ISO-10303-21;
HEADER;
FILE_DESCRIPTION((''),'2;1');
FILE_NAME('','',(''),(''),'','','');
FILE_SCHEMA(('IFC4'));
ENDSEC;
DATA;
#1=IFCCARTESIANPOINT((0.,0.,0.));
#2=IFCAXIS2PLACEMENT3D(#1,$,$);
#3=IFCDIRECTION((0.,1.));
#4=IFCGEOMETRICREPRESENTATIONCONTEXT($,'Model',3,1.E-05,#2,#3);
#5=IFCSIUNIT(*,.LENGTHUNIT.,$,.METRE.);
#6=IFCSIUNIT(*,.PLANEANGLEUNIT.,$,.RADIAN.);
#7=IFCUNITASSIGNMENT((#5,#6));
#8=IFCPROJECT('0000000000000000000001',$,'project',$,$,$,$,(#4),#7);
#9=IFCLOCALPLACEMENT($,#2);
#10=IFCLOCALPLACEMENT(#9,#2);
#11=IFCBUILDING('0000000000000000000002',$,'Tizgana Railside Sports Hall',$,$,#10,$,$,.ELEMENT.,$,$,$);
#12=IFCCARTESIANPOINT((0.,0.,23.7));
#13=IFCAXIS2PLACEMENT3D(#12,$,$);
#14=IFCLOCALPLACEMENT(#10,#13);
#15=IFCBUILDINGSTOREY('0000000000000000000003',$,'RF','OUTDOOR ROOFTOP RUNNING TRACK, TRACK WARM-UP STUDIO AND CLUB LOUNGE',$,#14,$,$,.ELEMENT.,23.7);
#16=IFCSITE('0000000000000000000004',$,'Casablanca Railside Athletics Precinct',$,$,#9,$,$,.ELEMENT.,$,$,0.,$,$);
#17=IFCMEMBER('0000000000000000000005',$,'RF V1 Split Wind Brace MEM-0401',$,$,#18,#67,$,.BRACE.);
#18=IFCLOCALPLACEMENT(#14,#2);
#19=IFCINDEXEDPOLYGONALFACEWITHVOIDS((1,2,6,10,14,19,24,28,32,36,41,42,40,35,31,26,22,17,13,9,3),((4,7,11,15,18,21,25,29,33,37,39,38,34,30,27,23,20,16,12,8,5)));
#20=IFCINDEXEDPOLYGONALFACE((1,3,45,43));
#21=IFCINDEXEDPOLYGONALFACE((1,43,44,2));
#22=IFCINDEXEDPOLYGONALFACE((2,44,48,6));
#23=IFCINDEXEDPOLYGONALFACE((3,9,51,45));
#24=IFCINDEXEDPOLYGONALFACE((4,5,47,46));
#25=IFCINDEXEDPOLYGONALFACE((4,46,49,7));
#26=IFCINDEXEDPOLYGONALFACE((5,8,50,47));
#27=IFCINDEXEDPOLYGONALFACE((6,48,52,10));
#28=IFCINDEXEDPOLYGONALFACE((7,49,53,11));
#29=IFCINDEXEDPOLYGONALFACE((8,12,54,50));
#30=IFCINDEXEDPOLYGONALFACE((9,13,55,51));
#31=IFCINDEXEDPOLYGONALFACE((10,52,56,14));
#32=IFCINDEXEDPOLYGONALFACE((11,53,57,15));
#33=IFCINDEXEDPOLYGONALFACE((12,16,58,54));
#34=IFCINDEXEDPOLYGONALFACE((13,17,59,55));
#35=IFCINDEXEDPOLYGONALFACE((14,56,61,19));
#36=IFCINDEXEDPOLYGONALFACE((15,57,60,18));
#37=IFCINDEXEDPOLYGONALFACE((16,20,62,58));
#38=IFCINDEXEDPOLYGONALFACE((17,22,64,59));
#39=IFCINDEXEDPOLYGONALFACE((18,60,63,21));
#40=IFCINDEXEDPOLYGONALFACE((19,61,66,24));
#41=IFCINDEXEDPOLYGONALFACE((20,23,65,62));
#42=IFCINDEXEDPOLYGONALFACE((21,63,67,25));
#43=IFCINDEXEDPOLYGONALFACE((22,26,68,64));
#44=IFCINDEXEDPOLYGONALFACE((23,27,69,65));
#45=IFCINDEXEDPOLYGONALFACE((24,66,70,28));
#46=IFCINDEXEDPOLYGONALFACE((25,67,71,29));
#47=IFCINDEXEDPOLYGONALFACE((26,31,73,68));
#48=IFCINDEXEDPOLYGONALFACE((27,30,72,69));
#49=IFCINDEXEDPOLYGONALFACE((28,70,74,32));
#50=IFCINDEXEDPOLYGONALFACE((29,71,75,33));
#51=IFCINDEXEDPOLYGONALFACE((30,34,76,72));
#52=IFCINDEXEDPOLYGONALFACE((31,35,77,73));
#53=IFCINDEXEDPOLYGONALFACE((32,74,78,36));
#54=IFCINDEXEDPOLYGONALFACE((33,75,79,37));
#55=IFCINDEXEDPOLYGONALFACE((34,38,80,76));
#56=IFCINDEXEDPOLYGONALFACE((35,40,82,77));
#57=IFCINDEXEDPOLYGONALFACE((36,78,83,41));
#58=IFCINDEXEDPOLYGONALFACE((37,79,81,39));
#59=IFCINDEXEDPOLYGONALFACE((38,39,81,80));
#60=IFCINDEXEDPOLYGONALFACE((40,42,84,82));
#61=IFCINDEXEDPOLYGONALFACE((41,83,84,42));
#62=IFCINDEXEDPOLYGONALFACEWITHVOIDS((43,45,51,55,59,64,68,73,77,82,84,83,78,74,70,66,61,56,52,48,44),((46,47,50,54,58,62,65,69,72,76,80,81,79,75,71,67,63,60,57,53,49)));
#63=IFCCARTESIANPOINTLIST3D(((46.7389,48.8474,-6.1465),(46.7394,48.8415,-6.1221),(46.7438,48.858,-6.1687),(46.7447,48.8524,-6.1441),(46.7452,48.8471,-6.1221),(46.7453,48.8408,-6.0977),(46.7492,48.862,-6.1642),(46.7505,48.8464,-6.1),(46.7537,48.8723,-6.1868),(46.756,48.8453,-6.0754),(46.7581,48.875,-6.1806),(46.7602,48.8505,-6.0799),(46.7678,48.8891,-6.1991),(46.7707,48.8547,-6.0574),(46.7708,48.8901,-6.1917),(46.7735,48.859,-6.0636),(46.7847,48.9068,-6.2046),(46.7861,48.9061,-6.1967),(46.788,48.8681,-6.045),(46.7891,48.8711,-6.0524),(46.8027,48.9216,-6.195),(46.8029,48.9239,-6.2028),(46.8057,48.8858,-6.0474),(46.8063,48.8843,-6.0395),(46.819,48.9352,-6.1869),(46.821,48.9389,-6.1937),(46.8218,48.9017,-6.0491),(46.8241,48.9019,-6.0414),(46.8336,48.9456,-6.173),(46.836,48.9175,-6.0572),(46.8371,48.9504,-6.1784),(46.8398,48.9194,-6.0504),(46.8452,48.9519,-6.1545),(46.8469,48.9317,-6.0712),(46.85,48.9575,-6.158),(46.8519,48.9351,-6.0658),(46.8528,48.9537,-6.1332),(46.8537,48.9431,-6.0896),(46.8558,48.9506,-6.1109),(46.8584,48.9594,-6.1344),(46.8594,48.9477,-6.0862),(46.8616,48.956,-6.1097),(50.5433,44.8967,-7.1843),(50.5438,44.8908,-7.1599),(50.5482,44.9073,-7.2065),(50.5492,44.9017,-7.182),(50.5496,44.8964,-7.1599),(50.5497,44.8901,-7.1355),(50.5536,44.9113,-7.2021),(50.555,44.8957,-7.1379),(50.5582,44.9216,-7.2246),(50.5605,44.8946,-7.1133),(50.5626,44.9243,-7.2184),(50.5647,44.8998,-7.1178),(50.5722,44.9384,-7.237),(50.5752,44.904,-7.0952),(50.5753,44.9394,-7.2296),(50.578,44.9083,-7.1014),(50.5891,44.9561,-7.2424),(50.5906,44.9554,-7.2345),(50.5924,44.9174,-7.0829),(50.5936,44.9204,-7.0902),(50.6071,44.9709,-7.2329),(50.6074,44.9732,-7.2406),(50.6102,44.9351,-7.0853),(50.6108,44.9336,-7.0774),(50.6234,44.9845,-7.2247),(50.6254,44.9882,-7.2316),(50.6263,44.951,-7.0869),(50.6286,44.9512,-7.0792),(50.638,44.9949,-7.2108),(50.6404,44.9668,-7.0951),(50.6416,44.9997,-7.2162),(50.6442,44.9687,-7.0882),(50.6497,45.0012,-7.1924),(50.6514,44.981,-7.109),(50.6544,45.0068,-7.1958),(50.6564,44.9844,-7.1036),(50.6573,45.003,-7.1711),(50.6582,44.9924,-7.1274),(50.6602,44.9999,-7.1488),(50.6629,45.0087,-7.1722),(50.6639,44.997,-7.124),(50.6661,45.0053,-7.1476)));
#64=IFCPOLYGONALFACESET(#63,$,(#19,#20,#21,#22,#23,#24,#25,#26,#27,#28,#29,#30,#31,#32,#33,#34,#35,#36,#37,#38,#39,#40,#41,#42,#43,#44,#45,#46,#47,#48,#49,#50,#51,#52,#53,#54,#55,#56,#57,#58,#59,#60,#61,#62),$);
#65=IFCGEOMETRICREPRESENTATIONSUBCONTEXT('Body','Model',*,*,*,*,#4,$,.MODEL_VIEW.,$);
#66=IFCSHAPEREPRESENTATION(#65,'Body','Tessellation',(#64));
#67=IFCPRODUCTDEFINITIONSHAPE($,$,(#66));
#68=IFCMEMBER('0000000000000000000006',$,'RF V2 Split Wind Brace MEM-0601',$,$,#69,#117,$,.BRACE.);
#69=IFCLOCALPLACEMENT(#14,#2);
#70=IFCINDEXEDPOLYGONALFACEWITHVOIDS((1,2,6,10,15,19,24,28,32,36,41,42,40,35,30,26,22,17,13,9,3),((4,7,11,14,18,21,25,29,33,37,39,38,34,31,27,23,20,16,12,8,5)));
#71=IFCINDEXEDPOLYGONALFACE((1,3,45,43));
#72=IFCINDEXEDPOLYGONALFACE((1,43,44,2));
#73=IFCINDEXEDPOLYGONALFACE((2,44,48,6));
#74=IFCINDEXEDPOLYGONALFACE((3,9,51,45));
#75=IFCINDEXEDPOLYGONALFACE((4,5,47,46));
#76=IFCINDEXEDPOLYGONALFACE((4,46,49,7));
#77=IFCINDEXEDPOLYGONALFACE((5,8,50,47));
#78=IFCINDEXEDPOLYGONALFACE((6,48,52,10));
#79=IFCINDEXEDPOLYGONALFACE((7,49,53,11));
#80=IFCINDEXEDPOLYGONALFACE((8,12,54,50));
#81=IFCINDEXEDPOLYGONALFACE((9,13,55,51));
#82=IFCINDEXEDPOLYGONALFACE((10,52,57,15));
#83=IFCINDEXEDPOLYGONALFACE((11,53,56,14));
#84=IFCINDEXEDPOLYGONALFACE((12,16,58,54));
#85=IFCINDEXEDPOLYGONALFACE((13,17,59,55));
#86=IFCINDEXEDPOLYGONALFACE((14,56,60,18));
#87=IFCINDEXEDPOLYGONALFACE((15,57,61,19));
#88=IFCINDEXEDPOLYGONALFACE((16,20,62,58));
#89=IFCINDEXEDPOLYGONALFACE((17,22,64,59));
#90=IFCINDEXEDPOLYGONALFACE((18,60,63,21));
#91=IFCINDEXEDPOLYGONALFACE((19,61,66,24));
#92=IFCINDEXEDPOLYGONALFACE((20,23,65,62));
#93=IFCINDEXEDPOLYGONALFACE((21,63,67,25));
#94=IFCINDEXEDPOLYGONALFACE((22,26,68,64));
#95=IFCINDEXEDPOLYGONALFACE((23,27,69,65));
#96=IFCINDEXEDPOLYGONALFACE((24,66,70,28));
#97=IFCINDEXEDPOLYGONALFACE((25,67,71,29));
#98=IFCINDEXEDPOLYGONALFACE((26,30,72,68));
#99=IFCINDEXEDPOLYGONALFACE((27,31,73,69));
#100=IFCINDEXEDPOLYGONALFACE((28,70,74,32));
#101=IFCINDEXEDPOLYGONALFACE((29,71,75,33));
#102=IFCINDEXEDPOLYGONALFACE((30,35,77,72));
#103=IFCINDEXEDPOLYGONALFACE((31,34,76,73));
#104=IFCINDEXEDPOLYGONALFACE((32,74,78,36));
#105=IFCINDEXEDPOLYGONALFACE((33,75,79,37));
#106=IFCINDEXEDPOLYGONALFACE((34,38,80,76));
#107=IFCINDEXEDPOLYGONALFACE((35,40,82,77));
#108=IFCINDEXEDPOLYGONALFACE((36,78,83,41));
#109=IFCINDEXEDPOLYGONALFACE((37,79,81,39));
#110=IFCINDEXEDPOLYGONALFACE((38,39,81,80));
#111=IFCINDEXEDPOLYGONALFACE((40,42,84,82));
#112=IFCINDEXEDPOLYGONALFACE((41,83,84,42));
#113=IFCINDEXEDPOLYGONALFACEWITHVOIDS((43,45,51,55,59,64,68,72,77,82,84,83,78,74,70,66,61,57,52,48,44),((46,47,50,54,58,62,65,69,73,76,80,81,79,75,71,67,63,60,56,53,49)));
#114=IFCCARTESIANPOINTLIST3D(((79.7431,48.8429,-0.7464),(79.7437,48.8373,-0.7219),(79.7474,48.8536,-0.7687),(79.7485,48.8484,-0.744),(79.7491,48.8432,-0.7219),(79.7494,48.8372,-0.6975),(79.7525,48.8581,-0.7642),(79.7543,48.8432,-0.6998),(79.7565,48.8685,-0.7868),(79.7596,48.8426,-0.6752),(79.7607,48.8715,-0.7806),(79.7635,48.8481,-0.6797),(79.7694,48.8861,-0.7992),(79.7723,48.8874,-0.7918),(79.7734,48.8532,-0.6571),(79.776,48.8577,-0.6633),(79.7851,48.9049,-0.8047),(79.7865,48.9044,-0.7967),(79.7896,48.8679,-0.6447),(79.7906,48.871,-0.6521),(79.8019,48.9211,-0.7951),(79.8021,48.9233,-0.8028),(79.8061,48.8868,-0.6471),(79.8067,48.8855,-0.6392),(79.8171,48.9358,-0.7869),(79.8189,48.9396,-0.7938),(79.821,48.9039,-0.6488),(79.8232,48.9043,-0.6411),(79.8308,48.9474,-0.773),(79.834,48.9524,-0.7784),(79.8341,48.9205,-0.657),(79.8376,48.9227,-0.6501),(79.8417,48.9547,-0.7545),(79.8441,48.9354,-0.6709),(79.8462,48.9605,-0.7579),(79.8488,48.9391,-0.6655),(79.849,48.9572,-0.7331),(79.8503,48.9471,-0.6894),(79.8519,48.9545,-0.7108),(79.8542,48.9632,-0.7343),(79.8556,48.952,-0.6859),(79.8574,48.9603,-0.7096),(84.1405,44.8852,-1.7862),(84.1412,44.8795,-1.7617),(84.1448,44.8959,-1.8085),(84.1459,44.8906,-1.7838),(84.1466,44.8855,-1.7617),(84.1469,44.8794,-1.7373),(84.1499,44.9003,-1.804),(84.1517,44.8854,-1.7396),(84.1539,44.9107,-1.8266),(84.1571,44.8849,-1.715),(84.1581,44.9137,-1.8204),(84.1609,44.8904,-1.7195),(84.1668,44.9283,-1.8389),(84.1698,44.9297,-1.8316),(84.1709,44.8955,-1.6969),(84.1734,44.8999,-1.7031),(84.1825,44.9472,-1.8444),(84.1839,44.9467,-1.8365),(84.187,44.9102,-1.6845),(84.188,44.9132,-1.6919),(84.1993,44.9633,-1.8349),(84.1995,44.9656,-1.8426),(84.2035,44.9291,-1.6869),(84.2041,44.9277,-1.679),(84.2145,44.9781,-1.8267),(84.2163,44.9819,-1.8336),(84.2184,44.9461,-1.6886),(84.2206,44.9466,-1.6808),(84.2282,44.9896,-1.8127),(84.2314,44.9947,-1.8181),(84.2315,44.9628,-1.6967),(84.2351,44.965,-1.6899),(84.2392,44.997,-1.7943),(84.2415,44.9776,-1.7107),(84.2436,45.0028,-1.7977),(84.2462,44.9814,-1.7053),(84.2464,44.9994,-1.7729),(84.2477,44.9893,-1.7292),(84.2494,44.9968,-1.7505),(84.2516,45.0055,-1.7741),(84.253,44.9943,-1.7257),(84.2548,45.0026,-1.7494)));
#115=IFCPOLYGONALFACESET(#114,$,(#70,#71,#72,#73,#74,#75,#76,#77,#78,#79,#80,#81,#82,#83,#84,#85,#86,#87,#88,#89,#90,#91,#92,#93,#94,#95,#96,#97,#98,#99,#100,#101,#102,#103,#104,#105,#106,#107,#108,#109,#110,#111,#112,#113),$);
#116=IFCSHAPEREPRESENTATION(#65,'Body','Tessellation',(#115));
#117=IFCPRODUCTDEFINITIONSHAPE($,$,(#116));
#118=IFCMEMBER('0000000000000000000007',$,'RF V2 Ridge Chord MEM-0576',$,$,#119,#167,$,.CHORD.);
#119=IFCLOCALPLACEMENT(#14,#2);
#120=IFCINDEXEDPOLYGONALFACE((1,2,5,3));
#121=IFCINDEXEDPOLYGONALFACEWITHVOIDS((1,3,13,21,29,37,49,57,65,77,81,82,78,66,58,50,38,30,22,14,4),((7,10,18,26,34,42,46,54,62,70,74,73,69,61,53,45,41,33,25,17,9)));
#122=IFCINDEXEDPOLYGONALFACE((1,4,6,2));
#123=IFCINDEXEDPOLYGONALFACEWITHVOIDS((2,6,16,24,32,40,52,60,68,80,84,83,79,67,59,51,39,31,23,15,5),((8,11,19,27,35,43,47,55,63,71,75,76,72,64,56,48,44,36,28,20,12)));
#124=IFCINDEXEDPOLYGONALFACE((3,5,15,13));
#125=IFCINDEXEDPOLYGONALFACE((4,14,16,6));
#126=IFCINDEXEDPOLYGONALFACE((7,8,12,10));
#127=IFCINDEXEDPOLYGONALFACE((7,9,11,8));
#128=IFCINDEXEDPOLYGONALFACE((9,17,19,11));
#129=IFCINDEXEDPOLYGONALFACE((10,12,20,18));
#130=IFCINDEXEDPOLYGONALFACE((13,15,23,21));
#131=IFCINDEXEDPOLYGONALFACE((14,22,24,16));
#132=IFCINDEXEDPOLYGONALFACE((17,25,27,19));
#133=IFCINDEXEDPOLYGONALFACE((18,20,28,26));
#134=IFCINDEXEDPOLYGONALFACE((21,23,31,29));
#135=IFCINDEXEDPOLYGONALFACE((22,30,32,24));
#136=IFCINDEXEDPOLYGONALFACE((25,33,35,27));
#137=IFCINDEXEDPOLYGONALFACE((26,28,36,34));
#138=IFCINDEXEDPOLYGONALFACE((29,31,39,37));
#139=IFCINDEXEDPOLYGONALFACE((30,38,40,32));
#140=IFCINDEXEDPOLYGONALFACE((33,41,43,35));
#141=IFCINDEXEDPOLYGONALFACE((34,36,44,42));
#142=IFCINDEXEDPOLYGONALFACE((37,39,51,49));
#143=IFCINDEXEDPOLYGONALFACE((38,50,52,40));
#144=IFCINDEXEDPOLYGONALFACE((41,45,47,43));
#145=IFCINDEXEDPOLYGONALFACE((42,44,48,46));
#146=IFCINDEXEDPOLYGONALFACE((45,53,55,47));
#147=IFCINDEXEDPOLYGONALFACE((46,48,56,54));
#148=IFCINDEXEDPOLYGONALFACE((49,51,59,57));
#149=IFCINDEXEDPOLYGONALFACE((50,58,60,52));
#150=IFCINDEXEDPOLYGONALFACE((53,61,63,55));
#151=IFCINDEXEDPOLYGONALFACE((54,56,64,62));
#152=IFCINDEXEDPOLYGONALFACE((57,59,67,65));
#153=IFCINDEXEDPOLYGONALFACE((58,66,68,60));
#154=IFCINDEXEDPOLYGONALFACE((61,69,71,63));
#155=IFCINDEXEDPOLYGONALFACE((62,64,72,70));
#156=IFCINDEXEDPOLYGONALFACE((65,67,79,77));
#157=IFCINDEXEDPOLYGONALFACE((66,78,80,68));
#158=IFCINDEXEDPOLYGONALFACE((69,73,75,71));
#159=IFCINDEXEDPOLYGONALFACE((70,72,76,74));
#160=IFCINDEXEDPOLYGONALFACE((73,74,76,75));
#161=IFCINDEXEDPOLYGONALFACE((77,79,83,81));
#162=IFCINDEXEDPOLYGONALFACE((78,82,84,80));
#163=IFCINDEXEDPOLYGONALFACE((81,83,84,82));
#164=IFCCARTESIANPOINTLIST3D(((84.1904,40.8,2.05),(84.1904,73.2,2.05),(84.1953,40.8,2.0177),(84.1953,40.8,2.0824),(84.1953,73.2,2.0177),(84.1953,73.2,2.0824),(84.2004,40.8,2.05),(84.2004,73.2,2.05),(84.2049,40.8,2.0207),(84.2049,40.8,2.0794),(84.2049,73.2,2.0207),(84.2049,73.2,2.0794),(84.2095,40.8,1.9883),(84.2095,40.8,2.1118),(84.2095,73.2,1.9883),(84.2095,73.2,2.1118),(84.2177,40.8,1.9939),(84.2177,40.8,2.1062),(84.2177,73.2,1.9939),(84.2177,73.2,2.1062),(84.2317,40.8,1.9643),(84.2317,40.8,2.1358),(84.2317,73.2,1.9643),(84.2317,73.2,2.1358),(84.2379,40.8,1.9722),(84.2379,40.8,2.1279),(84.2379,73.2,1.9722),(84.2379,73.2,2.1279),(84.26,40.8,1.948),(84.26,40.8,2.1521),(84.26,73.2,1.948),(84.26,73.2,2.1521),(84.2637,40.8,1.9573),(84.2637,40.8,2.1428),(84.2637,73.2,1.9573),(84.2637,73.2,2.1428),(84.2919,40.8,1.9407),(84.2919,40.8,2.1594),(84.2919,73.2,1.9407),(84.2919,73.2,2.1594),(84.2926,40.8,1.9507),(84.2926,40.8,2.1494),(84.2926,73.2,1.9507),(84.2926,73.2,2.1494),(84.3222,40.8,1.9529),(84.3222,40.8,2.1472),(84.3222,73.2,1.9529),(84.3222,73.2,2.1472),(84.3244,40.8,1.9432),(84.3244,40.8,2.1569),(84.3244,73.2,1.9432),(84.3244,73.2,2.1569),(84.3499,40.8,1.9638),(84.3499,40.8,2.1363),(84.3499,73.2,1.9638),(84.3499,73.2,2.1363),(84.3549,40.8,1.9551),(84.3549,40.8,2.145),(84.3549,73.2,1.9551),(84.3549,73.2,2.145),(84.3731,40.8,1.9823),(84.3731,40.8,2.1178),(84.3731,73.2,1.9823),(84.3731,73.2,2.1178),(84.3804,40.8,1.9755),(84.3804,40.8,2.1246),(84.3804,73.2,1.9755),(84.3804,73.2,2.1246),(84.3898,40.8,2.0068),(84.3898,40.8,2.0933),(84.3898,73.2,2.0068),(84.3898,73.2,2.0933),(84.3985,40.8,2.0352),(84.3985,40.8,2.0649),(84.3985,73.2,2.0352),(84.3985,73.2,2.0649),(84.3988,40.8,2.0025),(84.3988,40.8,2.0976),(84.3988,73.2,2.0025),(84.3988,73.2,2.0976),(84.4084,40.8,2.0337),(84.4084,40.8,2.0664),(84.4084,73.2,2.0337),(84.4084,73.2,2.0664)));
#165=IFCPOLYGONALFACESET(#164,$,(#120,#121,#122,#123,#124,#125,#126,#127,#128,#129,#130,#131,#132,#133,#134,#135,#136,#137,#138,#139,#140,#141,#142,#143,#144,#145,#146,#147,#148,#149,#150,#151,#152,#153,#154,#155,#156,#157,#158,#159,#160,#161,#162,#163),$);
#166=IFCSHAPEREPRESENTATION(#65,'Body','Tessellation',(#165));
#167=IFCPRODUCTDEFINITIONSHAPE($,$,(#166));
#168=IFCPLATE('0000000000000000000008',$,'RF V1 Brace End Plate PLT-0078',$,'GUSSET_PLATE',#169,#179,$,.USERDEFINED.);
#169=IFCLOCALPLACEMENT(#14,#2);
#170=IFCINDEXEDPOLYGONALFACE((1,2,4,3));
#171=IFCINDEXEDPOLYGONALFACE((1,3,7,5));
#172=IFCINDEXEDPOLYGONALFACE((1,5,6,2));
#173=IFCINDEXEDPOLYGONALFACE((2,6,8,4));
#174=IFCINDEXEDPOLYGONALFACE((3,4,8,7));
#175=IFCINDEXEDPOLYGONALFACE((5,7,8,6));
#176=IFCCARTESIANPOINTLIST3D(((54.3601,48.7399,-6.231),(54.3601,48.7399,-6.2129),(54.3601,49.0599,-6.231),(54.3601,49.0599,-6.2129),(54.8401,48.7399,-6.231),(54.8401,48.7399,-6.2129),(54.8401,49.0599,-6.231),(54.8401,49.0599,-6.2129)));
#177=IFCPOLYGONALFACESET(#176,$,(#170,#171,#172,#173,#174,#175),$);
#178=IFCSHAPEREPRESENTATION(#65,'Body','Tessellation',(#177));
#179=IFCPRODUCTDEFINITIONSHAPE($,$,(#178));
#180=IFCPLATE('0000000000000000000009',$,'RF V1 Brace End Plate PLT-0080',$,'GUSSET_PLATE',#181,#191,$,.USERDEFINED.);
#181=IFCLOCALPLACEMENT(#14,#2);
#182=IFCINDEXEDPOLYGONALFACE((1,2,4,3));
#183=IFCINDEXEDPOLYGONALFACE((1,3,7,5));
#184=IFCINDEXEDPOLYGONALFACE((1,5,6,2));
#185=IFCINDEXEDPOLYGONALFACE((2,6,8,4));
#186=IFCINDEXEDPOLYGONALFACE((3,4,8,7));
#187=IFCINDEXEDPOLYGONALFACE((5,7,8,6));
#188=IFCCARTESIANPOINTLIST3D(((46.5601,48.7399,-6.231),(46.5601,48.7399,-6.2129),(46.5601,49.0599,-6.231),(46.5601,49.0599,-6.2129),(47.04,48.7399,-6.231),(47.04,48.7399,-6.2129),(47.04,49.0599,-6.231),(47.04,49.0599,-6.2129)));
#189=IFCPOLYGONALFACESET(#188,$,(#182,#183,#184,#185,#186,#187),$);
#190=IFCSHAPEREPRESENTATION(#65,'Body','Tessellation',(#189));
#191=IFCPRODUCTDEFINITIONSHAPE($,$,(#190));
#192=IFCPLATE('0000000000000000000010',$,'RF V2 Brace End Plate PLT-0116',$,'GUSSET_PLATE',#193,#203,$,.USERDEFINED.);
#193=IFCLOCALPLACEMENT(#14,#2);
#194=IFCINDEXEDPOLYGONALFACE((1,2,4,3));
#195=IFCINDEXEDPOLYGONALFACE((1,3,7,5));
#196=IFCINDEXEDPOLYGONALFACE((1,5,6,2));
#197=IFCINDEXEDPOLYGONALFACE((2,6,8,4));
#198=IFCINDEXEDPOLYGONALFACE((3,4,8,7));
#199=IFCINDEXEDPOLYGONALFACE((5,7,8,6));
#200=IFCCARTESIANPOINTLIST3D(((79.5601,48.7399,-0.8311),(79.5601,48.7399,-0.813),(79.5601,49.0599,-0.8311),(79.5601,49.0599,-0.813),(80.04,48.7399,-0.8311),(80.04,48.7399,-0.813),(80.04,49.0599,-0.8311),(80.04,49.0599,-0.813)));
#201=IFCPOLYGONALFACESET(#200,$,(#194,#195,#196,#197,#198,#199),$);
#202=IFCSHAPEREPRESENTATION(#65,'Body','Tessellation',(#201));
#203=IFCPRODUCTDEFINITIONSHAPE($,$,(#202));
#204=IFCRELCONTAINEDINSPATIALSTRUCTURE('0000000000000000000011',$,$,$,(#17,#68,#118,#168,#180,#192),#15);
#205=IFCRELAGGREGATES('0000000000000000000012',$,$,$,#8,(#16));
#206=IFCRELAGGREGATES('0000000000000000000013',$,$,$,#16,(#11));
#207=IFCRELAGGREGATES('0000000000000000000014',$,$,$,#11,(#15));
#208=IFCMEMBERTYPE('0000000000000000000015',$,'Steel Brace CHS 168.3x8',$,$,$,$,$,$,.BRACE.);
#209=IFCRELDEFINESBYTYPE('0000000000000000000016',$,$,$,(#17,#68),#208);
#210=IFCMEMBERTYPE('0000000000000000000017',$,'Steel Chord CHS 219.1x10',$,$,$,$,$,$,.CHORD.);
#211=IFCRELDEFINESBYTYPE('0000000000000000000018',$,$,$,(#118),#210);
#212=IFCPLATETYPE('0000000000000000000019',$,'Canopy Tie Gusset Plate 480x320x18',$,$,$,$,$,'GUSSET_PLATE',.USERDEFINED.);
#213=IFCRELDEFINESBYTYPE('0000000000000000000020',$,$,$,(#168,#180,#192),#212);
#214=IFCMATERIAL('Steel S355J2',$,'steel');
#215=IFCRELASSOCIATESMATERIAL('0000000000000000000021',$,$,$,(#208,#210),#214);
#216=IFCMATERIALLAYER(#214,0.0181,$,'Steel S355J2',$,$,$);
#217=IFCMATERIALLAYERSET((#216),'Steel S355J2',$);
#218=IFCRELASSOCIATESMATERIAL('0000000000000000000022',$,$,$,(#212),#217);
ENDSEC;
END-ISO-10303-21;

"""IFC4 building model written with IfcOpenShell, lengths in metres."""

from ifc_helpers import new_model, si_unit, direction, frame, origin, origin_2d, place, context, subcontext, project, spatial, rectangle, hollow_circle, extrude, material, layer, layer_set, material_profile, profile_set, type_object, element, save


model = new_model("IFC4")

# Units and contexts
model_context = context("Model", 3, precision=1e-05, world=origin(), true_north=direction((0.0, 1.0)))
body_context = subcontext(model_context, "Body", "Model", "MODEL_VIEW")
ifc_project = project(units=[si_unit("LENGTHUNIT", "METRE"), si_unit("PLANEANGLEUNIT", "RADIAN")], contexts=[model_context])

# Site, building, storey
site_placement = place(None, origin())
site = spatial("IfcSite", under=ifc_project, at=site_placement, Name="Casablanca Railside Athletics Precinct", CompositionType="ELEMENT", RefElevation=0.0)
building_placement = place(site_placement, origin())
building = spatial("IfcBuilding", under=site, at=building_placement, Name="Tizgana Railside Sports Hall", CompositionType="ELEMENT")
storey_placement = place(building_placement, frame((0.0, 0.0, 23.7)))
storey = spatial("IfcBuildingStorey", under=building, at=storey_placement, Name="RF", Description="OUTDOOR ROOFTOP RUNNING TRACK, TRACK WARM-UP STUDIO AND CLUB LOUNGE", CompositionType="ELEMENT", Elevation=23.7)

# Members
ifc_material_1 = material(Name="Steel S355J2", Category="steel")
ifc_material_profile_1 = material_profile(ifc_material_1, hollow_circle(Radius=0.0842, WallThickness=0.0081, at=origin_2d()), Name="CHS 168.3x8")
ifc_profile_set_1 = profile_set([ifc_material_profile_1], Name="Steel S355J2")
member_type_1 = type_object("IfcMemberType", Name="Steel Brace CHS 168.3x8", PredefinedType="BRACE", material=ifc_profile_set_1)
member_1_placement = place(storey_placement, frame((50.6045, 44.9492, -7.1599), z_axis=(-0.681555, 0.707753, 0.185926), x_axis=(-0.720313, -0.693649, 0.0)))
element("IfcMember", 1, at=member_1_placement, inside=storey, type_object=member_type_1, Name="RF V1 Split Wind Brace MEM-0401", PredefinedType="BRACE", context=body_context, shape_type="SweptSolid", body=[
    extrude(hollow_circle(Radius=0.0842, WallThickness=0.0081, at=origin_2d()), origin(), (0.0, 0.0, 1.0), 5.582),
])
member_2_placement = place(storey_placement, frame((84.1975, 44.9421, -1.7617), z_axis=(-0.732069, 0.658871, 0.1731), x_axis=(-0.668969, -0.74329, 0.0)))
element("IfcMember", 2, at=member_2_placement, inside=storey, type_object=member_type_1, Name="RF V2 Split Wind Brace MEM-0601", PredefinedType="BRACE", context=body_context, shape_type="SweptSolid", body=[
    extrude(hollow_circle(Radius=0.0842, WallThickness=0.0081, at=origin_2d()), origin(), (0.0, 0.0, 1.0), 6.0068),
])
ifc_material_profile_2 = material_profile(ifc_material_1, hollow_circle(Radius=0.1096, WallThickness=0.01, at=origin_2d()), Name="CHS 219.1x10")
ifc_profile_set_2 = profile_set([ifc_material_profile_2], Name="Steel S355J2")
member_type_2 = type_object("IfcMemberType", Name="Steel Chord CHS 219.1x10", PredefinedType="CHORD", material=ifc_profile_set_2)
member_3_placement = place(storey_placement, frame((84.3, 40.8, 2.05), z_axis=(0.0, 1.0, 0.0), x_axis=(-1.0, 0.0, 0.0)))
element("IfcMember", 3, at=member_3_placement, inside=storey, type_object=member_type_2, Name="RF V2 Ridge Chord MEM-0576", PredefinedType="CHORD", context=body_context, shape_type="SweptSolid", body=[
    extrude(hollow_circle(Radius=0.1096, WallThickness=0.01, at=origin_2d()), origin(), (0.0, 0.0, 1.0), 32.3999),
])

# Plates
ifc_layer_1 = layer(ifc_material_1, 0.0181, Name="Steel S355J2")
ifc_layer_set_1 = layer_set([ifc_layer_1], Name="Steel S355J2")
plate_type_1 = type_object("IfcPlateType", Name="Canopy Tie Gusset Plate 480x320x18", ElementType="GUSSET_PLATE", PredefinedType="USERDEFINED", material=ifc_layer_set_1)
for number, where, z_axis, x_axis, name in (
    (4, (54.6001, 48.8999, -6.231), (0.0, 0.0, 1.0), (1.0, 0.0, 0.0), "RF V1 Brace End Plate PLT-0078"),
    (5, (46.8, 48.8999, -6.231), (0.0, 0.0, 1.0), (1.0, 0.0, 0.0), "RF V1 Brace End Plate PLT-0080"),
    (6, (79.8, 48.8999, -0.8311), (0.0, 0.0, 1.0), (1.0, 0.0, 0.0), "RF V2 Brace End Plate PLT-0116"),
):
    element("IfcPlate", number, at=place(storey_placement, frame(where, z_axis=z_axis, x_axis=x_axis)), inside=storey, type_object=plate_type_1, Name=name, ObjectType="GUSSET_PLATE", PredefinedType="USERDEFINED", context=body_context, shape_type="SweptSolid", body=[
        extrude(rectangle(XDim=0.48, YDim=0.3201, at=origin_2d()), origin(), (0.0, 0.0, 1.0), 0.0181),
    ])

save(model, "model.ifc")
